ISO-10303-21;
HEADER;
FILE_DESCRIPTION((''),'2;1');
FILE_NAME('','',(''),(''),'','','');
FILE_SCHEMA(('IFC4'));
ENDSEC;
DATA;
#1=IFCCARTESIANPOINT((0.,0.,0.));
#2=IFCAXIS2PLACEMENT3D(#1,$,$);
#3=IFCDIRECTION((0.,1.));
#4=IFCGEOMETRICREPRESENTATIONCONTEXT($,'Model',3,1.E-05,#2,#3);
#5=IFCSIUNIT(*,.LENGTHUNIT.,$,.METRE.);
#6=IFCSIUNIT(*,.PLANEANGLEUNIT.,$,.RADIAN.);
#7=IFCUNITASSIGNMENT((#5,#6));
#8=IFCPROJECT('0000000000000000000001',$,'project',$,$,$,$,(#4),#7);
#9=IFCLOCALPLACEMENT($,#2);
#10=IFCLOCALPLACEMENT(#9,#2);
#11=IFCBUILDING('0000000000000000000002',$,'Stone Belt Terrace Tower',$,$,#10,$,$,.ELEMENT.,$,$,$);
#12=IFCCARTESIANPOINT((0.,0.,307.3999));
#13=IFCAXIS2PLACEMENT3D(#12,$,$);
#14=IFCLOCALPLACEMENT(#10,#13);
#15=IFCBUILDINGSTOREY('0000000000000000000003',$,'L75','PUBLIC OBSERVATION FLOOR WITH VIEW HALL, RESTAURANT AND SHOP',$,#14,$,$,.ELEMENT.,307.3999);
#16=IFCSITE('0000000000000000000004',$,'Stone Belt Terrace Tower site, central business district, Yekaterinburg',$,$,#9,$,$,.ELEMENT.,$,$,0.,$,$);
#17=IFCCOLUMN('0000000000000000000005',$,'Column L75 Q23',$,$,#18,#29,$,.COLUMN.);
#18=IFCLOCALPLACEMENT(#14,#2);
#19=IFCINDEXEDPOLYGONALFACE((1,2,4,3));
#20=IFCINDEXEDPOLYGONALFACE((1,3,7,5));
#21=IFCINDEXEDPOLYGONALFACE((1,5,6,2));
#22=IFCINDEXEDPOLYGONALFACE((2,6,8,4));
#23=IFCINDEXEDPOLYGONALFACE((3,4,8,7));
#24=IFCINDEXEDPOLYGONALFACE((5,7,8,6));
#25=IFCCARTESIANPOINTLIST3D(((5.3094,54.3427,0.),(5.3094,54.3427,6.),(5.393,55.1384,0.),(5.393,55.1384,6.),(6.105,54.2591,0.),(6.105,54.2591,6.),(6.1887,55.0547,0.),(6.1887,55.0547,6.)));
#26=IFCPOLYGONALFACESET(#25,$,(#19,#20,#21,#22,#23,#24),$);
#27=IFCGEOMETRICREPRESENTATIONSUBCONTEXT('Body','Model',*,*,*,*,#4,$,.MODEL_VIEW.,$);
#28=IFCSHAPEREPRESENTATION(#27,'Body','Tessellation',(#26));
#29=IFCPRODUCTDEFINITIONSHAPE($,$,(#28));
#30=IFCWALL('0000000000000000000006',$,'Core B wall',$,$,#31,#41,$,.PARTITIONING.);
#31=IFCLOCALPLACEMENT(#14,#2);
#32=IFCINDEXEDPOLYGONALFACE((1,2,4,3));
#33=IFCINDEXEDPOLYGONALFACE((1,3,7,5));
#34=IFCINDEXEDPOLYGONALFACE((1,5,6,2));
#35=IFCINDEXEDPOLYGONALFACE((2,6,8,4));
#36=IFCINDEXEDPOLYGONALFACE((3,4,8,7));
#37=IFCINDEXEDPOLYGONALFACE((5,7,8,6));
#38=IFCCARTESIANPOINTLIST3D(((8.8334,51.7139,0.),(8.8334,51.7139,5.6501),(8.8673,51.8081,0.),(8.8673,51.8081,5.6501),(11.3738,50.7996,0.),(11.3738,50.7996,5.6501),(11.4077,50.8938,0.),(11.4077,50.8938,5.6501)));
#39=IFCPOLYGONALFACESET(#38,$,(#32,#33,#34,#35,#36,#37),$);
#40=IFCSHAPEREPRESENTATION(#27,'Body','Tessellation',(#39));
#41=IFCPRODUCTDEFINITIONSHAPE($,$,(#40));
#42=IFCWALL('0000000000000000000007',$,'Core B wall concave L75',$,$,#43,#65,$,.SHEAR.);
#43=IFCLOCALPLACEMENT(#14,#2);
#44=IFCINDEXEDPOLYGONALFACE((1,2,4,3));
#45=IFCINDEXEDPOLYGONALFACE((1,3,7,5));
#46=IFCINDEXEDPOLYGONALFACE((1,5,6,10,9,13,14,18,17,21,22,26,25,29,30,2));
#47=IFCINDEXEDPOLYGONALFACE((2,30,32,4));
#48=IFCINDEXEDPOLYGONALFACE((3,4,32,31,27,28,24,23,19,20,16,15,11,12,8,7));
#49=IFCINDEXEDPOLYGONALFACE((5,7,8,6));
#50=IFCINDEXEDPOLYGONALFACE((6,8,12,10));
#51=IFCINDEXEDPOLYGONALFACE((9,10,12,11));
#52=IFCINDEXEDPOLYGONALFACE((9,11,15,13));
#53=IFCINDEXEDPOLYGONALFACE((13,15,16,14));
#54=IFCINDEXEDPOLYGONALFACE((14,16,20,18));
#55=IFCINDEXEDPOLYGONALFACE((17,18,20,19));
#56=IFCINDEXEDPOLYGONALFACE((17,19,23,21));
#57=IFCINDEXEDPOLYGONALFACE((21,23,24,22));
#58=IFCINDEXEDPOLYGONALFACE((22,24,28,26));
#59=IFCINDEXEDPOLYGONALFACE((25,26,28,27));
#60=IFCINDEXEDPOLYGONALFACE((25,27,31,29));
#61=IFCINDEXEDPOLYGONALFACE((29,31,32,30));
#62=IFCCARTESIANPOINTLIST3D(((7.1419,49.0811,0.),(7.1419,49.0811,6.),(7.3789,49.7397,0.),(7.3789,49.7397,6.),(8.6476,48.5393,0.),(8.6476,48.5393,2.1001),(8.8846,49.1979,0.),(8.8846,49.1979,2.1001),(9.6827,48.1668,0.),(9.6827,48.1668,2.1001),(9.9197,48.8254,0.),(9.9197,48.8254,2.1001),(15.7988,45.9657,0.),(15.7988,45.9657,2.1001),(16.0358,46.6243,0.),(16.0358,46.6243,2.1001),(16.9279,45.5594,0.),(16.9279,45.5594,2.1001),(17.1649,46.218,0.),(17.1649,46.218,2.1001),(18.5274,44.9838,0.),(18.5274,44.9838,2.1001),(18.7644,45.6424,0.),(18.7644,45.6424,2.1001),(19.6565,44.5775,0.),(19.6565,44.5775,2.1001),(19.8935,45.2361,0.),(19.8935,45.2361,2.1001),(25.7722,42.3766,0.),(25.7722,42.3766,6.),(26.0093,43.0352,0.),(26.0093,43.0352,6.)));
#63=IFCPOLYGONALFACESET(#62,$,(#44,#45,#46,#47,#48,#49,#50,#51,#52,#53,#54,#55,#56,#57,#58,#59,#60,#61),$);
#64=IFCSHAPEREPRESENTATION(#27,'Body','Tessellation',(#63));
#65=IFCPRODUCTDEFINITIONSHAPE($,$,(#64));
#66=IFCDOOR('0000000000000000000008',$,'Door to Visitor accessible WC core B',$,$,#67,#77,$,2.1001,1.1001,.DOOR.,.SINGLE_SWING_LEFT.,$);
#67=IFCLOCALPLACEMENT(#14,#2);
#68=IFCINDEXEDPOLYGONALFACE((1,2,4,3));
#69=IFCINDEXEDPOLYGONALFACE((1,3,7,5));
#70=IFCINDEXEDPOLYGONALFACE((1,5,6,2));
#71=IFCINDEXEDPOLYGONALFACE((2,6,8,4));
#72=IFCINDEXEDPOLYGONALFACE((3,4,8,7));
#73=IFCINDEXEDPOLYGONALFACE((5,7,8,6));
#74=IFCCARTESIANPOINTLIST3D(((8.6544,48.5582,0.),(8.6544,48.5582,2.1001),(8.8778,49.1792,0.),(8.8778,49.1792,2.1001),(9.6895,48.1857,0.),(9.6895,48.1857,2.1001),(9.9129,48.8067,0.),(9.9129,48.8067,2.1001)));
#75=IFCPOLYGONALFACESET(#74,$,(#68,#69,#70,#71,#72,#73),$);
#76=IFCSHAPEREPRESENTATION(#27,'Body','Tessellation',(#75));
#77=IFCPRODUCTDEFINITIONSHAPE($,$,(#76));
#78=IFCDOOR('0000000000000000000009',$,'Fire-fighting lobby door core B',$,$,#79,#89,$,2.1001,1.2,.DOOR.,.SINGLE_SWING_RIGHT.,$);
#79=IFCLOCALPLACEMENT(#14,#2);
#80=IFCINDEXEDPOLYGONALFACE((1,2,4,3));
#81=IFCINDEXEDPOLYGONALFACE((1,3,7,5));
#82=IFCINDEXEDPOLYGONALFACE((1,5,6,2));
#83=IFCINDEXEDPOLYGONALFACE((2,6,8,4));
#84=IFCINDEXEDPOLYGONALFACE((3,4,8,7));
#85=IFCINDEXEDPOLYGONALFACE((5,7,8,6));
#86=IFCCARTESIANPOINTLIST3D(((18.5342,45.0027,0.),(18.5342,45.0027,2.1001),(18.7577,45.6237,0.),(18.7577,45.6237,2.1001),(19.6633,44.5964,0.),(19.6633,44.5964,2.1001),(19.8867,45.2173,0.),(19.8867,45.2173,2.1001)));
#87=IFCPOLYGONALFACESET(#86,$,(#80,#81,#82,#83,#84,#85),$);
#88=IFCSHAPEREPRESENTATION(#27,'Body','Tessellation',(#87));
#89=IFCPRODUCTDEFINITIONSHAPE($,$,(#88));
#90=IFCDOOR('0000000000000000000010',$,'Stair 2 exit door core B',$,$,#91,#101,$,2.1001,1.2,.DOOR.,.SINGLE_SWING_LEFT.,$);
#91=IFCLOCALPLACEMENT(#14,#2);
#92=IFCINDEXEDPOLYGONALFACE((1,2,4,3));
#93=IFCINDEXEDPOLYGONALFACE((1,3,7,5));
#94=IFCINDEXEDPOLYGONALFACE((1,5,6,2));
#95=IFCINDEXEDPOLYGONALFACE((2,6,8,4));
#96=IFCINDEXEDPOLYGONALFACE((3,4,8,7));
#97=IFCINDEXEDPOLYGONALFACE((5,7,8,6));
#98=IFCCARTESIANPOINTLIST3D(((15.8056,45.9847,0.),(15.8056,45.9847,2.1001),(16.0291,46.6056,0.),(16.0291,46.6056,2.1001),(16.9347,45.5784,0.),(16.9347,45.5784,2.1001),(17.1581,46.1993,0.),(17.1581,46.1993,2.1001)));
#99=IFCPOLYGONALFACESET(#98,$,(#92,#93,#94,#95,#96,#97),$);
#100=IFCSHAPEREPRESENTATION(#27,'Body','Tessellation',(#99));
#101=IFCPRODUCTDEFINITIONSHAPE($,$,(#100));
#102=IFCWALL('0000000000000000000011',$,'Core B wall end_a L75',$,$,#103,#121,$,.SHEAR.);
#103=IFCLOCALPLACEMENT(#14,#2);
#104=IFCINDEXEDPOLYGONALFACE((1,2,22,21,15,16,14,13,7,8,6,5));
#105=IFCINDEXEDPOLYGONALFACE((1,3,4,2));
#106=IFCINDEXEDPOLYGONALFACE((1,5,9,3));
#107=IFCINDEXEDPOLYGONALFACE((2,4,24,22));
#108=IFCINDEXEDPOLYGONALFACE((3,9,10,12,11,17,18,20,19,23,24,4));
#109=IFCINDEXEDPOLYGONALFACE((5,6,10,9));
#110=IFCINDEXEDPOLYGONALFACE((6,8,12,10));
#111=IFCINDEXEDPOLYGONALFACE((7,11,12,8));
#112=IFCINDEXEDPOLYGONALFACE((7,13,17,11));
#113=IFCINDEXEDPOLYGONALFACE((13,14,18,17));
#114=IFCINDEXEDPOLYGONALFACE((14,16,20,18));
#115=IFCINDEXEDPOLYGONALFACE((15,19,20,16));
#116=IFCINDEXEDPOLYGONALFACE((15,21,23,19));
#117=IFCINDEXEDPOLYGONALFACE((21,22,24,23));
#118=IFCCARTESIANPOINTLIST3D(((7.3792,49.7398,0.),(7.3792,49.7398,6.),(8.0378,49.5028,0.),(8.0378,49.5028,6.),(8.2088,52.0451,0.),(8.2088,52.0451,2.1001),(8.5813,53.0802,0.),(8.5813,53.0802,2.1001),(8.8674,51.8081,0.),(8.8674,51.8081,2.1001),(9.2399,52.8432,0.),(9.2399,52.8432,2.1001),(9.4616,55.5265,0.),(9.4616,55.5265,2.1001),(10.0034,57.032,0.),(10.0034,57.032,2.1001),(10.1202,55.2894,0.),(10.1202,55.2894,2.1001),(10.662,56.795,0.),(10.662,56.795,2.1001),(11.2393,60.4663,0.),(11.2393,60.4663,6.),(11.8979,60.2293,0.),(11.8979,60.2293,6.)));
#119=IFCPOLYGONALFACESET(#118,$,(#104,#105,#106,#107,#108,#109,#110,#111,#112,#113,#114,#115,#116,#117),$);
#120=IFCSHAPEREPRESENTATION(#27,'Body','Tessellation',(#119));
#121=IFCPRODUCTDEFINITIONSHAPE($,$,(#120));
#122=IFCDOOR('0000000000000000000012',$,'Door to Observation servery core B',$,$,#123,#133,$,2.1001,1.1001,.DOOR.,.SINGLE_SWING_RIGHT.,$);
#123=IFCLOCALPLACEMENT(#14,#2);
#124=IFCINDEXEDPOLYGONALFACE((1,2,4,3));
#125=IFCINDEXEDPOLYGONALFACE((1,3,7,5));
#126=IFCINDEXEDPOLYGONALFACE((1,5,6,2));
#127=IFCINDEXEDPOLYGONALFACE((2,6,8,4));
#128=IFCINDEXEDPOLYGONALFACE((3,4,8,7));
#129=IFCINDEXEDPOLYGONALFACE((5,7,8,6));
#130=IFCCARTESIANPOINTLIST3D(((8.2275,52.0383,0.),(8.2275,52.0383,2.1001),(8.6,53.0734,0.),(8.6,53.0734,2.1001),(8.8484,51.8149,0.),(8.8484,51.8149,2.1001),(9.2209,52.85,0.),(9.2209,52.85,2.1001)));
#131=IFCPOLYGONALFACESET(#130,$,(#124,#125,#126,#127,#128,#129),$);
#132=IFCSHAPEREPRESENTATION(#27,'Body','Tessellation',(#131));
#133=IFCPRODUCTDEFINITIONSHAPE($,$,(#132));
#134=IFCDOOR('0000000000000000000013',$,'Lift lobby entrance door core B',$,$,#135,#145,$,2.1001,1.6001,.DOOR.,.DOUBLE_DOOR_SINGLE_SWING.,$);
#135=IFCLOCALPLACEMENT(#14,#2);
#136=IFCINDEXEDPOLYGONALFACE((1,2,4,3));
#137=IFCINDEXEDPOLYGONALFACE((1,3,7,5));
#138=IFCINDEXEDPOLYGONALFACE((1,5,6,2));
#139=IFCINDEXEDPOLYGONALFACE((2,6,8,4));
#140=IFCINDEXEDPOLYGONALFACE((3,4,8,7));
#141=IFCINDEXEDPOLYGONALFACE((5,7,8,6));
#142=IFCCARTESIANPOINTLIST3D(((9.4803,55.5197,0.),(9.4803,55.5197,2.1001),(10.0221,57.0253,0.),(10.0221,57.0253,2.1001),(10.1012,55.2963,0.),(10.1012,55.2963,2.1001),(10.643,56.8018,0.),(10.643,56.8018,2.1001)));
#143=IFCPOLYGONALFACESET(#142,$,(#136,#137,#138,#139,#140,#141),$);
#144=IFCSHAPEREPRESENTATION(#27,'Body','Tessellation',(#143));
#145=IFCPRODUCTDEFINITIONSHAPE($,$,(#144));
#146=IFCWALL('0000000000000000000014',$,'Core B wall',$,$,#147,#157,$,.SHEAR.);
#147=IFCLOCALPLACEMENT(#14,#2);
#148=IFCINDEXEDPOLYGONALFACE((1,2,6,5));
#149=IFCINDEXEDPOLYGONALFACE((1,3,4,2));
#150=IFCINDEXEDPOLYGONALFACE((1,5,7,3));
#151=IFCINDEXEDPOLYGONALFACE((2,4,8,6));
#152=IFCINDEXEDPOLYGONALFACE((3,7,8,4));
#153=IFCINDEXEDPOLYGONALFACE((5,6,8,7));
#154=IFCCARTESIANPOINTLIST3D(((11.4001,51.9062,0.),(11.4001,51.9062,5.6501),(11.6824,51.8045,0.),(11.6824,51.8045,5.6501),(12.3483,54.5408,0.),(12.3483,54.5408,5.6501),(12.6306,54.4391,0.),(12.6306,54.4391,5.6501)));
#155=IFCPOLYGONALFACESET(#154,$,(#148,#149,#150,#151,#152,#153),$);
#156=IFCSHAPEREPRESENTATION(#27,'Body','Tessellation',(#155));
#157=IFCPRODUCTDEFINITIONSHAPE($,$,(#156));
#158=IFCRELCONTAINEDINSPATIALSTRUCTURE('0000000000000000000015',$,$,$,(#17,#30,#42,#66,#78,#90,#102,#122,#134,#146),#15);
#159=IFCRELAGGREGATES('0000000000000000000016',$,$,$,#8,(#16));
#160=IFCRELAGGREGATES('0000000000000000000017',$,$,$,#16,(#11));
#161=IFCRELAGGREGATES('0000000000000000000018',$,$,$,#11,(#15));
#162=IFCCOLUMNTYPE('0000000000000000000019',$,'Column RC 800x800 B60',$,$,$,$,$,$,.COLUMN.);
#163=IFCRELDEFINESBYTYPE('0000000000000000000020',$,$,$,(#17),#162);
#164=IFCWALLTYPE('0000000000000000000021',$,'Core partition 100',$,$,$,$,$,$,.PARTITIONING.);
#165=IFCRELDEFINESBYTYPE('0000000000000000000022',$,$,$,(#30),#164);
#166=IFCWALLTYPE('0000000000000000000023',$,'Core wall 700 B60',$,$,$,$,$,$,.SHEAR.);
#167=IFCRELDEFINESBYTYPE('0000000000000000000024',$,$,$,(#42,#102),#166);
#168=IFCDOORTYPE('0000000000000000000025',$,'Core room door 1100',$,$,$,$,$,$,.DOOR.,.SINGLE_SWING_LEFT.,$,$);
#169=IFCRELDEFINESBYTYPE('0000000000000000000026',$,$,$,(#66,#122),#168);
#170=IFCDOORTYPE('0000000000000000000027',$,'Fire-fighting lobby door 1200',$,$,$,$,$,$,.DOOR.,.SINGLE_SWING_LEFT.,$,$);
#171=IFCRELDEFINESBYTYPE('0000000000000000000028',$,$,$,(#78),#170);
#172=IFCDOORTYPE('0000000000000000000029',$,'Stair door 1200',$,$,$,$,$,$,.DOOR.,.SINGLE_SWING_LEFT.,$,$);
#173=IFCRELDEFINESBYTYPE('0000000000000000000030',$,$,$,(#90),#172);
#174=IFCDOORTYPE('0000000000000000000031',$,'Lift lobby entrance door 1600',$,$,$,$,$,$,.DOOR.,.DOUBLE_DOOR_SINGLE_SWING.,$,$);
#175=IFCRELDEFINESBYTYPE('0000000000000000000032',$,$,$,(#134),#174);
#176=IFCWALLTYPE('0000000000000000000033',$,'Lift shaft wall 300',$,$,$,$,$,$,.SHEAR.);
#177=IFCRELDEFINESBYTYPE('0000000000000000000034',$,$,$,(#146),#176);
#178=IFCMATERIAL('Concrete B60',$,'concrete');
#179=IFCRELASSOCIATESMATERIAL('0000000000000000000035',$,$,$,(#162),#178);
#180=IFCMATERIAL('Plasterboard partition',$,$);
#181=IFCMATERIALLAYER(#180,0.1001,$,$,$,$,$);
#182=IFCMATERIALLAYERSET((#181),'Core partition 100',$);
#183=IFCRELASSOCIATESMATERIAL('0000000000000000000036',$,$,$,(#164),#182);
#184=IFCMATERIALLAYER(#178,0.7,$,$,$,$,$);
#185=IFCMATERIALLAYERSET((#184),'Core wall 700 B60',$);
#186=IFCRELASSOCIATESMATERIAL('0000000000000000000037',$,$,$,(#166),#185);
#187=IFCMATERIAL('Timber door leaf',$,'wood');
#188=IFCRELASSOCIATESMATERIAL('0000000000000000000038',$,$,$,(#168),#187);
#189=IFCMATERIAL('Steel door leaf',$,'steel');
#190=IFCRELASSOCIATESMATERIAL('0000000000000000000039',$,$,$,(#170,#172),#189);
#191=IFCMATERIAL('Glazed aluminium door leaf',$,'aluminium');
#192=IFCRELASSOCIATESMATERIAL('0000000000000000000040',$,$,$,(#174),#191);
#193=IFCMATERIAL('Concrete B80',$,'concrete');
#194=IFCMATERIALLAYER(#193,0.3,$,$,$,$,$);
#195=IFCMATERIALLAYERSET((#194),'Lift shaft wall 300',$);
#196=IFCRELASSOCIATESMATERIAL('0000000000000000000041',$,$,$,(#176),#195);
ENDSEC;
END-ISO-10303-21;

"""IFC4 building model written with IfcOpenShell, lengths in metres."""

from ifc_helpers import new_model, si_unit, direction, frame, frame_2d, origin, origin_2d, place, context, subcontext, project, spatial, rectangle, extrude, material, layer, layer_set, material_profile, profile_set, type_object, element, fill, save


model = new_model("IFC4")

# Units and contexts
model_context = context("Model", 3, precision=1e-05, world=origin(), true_north=direction((0.0, 1.0)))
body_context = subcontext(model_context, "Body", "Model", "MODEL_VIEW")
ifc_project = project(units=[si_unit("LENGTHUNIT", "METRE"), si_unit("PLANEANGLEUNIT", "RADIAN")], contexts=[model_context])

# Site, building, storey
site_placement = place(None, origin())
site = spatial("IfcSite", under=ifc_project, at=site_placement, Name="Stone Belt Terrace Tower site, central business district, Yekaterinburg", CompositionType="ELEMENT", RefElevation=0.0)
building_placement = place(site_placement, origin())
building = spatial("IfcBuilding", under=site, at=building_placement, Name="Stone Belt Terrace Tower", CompositionType="ELEMENT")
storey_placement = place(building_placement, frame((0.0, 0.0, 307.3999)))
storey = spatial("IfcBuildingStorey", under=building, at=storey_placement, Name="L75", Description="PUBLIC OBSERVATION FLOOR WITH VIEW HALL, RESTAURANT AND SHOP", CompositionType="ELEMENT", Elevation=307.3999)

# Column
ifc_material_1 = material(Name="Concrete B60", Category="concrete")
ifc_material_profile = material_profile(ifc_material_1, rectangle(XDim=0.8, YDim=0.8, at=origin_2d()), Name="RC 800x800")
ifc_profile_set = profile_set([ifc_material_profile], Name="Concrete B60")
column_type = type_object("IfcColumnType", Name="Column RC 800x800 B60", PredefinedType="COLUMN", material=ifc_profile_set)
column_placement = place(storey_placement, frame((5.749, 54.6987, 0.0), z_axis=(0.0, 0.0, 1.0), x_axis=(0.994522, -0.104528, 0.0)))
element("IfcColumn", 1, at=column_placement, inside=storey, type_object=column_type, Name="Column L75 Q23", PredefinedType="COLUMN", context=body_context, shape_type="SweptSolid", body=[
    extrude(rectangle(XDim=0.8, YDim=0.8, at=origin_2d()), origin(), (0.0, 0.0, 1.0), 6.0),
])

# Wall
ifc_material_2 = material(Name="Plasterboard partition")
ifc_layer_1 = layer(ifc_material_2, 0.1001)
ifc_layer_set_1 = layer_set([ifc_layer_1], Name="Core partition 100")
wall_type_1 = type_object("IfcWallType", Name="Core partition 100", PredefinedType="PARTITIONING", material=ifc_layer_set_1)
wall_1_placement = place(storey_placement, frame((11.3909, 50.8467, 0.0), z_axis=(0.0, 0.0, 1.0), x_axis=(-0.940921, 0.338627, 0.0)))
element("IfcWall", 2, at=wall_1_placement, inside=storey, type_object=wall_type_1, Name="Core B wall", PredefinedType="PARTITIONING", context=body_context, shape_type="SweptSolid", body=[
    extrude(rectangle(XDim=2.7, YDim=0.1001, at=frame_2d((1.3501, 0.0))), origin(), (0.0, 0.0, 1.0), 5.6501),
])

# Walls, openings, doors
ifc_layer_2 = layer(ifc_material_1, 0.7)
ifc_layer_set_2 = layer_set([ifc_layer_2], Name="Core wall 700 B60")
wall_type_2 = type_object("IfcWallType", Name="Core wall 700 B60", PredefinedType="SHEAR", material=ifc_layer_set_2)
wall_2_placement = place(storey_placement, frame((7.2605, 49.4104, 0.0), z_axis=(0.0, 0.0, 1.0), x_axis=(0.940925, -0.338615, 0.0)))
wall_2 = element("IfcWall", 3, at=wall_2_placement, inside=storey, type_object=wall_type_2, Name="Core B wall concave L75", PredefinedType="SHEAR", context=body_context, shape_type="SweptSolid", body=[
    extrude(rectangle(XDim=19.8, YDim=0.7, at=frame_2d((9.8999, 0.0))), origin(), (0.0, 0.0, 1.0), 6.0),
])
opening_1_placement = place(wall_2_placement, frame((12.1001, 0.0, 0.0)))
opening_1 = element("IfcOpeningElement", 4, at=opening_1_placement, cuts=wall_2, PredefinedType="OPENING", context=body_context, shape_type="SweptSolid", body=[
    extrude(rectangle(XDim=1.2, YDim=2.1001, at=frame_2d((0.6001, 1.05))), frame((0.0, 0.3599, 0.0), z_axis=(0.0, -1.0, 0.0), x_axis=(1.0, 0.0, 0.0)), (0.0, 0.0, 1.0), 0.72),
])
opening_2_placement = place(wall_2_placement, frame((9.2002, 0.0, 0.0)))
opening_2 = element("IfcOpeningElement", 5, at=opening_2_placement, cuts=wall_2, PredefinedType="OPENING", context=body_context, shape_type="SweptSolid", body=[
    extrude(rectangle(XDim=1.2, YDim=2.1001, at=frame_2d((0.6001, 1.05))), frame((0.0, 0.3599, 0.0), z_axis=(0.0, -1.0, 0.0), x_axis=(1.0, 0.0, 0.0)), (0.0, 0.0, 1.0), 0.72),
])
opening_3_placement = place(wall_2_placement, frame((1.6001, 0.0, 0.0)))
opening_3 = element("IfcOpeningElement", 6, at=opening_3_placement, cuts=wall_2, PredefinedType="OPENING", context=body_context, shape_type="SweptSolid", body=[
    extrude(rectangle(XDim=1.1001, YDim=2.1001, at=frame_2d((0.55, 1.05))), frame((0.0, 0.3599, 0.0), z_axis=(0.0, -1.0, 0.0), x_axis=(1.0, 0.0, 0.0)), (0.0, 0.0, 1.0), 0.72),
])
ifc_material_3 = material(Name="Timber door leaf", Category="wood")
door_type_1 = type_object("IfcDoorType", Name="Core room door 1100", OperationType="SINGLE_SWING_LEFT", PredefinedType="DOOR", material=ifc_material_3)
door_1_placement = place(opening_3_placement, origin())
door_1 = element("IfcDoor", 7, at=door_1_placement, inside=storey, type_object=door_type_1, Name="Door to Visitor accessible WC core B", OperationType="SINGLE_SWING_LEFT", OverallHeight=2.1001, OverallWidth=1.1001, PredefinedType="DOOR", context=body_context, shape_type="SweptSolid", body=[
    extrude(rectangle(XDim=1.1001, YDim=2.1001, at=frame_2d((0.55, 1.05))), frame((0.0, 0.3301, 0.0), z_axis=(0.0, -1.0, 0.0), x_axis=(1.0, 0.0, 0.0)), (0.0, 0.0, 1.0), 0.6599),
])
fill(opening_3, door_1)
ifc_material_4 = material(Name="Steel door leaf", Category="steel")
door_type_2 = type_object("IfcDoorType", Name="Fire-fighting lobby door 1200", OperationType="SINGLE_SWING_LEFT", PredefinedType="DOOR", material=ifc_material_4)
door_2_placement = place(opening_1_placement, origin())
door_2 = element("IfcDoor", 8, at=door_2_placement, inside=storey, type_object=door_type_2, Name="Fire-fighting lobby door core B", OperationType="SINGLE_SWING_RIGHT", OverallHeight=2.1001, OverallWidth=1.2, PredefinedType="DOOR", context=body_context, shape_type="SweptSolid", body=[
    extrude(rectangle(XDim=1.2, YDim=2.1001, at=frame_2d((0.6001, 1.05))), frame((0.0, 0.3301, 0.0), z_axis=(0.0, -1.0, 0.0), x_axis=(1.0, 0.0, 0.0)), (0.0, 0.0, 1.0), 0.6599),
])
fill(opening_1, door_2)
door_type_3 = type_object("IfcDoorType", Name="Stair door 1200", OperationType="SINGLE_SWING_LEFT", PredefinedType="DOOR", material=ifc_material_4)
door_3_placement = place(opening_2_placement, origin())
door_3 = element("IfcDoor", 9, at=door_3_placement, inside=storey, type_object=door_type_3, Name="Stair 2 exit door core B", OperationType="SINGLE_SWING_LEFT", OverallHeight=2.1001, OverallWidth=1.2, PredefinedType="DOOR", context=body_context, shape_type="SweptSolid", body=[
    extrude(rectangle(XDim=1.2, YDim=2.1001, at=frame_2d((0.6001, 1.05))), frame((0.0, 0.3301, 0.0), z_axis=(0.0, -1.0, 0.0), x_axis=(1.0, 0.0, 0.0)), (0.0, 0.0, 1.0), 0.6599),
])
fill(opening_2, door_3)
wall_3_placement = place(storey_placement, frame((7.7085, 49.6213, 0.0), z_axis=(0.0, 0.0, 1.0), x_axis=(0.338606, 0.940928, 0.0)))
wall_3 = element("IfcWall", 10, at=wall_3_placement, inside=storey, type_object=wall_type_2, Name="Core B wall end_a L75", PredefinedType="SHEAR", context=body_context, shape_type="SweptSolid", body=[
    extrude(rectangle(XDim=11.3999, YDim=0.7, at=frame_2d((5.7, 0.0))), origin(), (0.0, 0.0, 1.0), 6.0),
])
opening_4_placement = place(wall_3_placement, frame((6.1499, 0.0, 0.0)))
opening_4 = element("IfcOpeningElement", 11, at=opening_4_placement, cuts=wall_3, PredefinedType="OPENING", context=body_context, shape_type="SweptSolid", body=[
    extrude(rectangle(XDim=1.6001, YDim=2.1001, at=frame_2d((0.8, 1.05))), frame((0.0, 0.3599, 0.0), z_axis=(0.0, -1.0, 0.0), x_axis=(1.0, 0.0, 0.0)), (0.0, 0.0, 1.0), 0.72),
])
opening_5_placement = place(wall_3_placement, frame((2.45, 0.0, 0.0)))
opening_5 = element("IfcOpeningElement", 12, at=opening_5_placement, cuts=wall_3, PredefinedType="OPENING", context=body_context, shape_type="SweptSolid", body=[
    extrude(rectangle(XDim=1.1001, YDim=2.1001, at=frame_2d((0.55, 1.05))), frame((0.0, 0.3599, 0.0), z_axis=(0.0, -1.0, 0.0), x_axis=(1.0, 0.0, 0.0)), (0.0, 0.0, 1.0), 0.72),
])
door_4_placement = place(opening_5_placement, origin())
door_4 = element("IfcDoor", 13, at=door_4_placement, inside=storey, type_object=door_type_1, Name="Door to Observation servery core B", OperationType="SINGLE_SWING_RIGHT", OverallHeight=2.1001, OverallWidth=1.1001, PredefinedType="DOOR", context=body_context, shape_type="SweptSolid", body=[
    extrude(rectangle(XDim=1.1001, YDim=2.1001, at=frame_2d((0.55, 1.05))), frame((0.0, 0.3301, 0.0), z_axis=(0.0, -1.0, 0.0), x_axis=(1.0, 0.0, 0.0)), (0.0, 0.0, 1.0), 0.6599),
])
fill(opening_5, door_4)
ifc_material_5 = material(Name="Glazed aluminium door leaf", Category="aluminium")
door_type_4 = type_object("IfcDoorType", Name="Lift lobby entrance door 1600", OperationType="DOUBLE_DOOR_SINGLE_SWING", PredefinedType="DOOR", material=ifc_material_5)
door_5_placement = place(opening_4_placement, origin())
door_5 = element("IfcDoor", 14, at=door_5_placement, inside=storey, type_object=door_type_4, Name="Lift lobby entrance door core B", OperationType="DOUBLE_DOOR_SINGLE_SWING", OverallHeight=2.1001, OverallWidth=1.6001, PredefinedType="DOOR", context=body_context, shape_type="SweptSolid", body=[
    extrude(rectangle(XDim=1.6001, YDim=2.1001, at=frame_2d((0.8, 1.05))), frame((0.0, 0.3301, 0.0), z_axis=(0.0, -1.0, 0.0), x_axis=(1.0, 0.0, 0.0)), (0.0, 0.0, 1.0), 0.6599),
])
fill(opening_4, door_5)

# Wall
ifc_material_6 = material(Name="Concrete B80", Category="concrete")
ifc_layer_3 = layer(ifc_material_6, 0.3)
ifc_layer_set_3 = layer_set([ifc_layer_3], Name="Lift shaft wall 300")
wall_type_3 = type_object("IfcWallType", Name="Lift shaft wall 300", PredefinedType="SHEAR", material=ifc_layer_set_3)
wall_4_placement = place(storey_placement, frame((11.5413, 51.8555, 0.0), z_axis=(0.0, 0.0, 1.0), x_axis=(0.338661, 0.940909, 0.0)))
element("IfcWall", 15, at=wall_4_placement, inside=storey, type_object=wall_type_3, Name="Core B wall", PredefinedType="SHEAR", context=body_context, shape_type="SweptSolid", body=[
    extrude(rectangle(XDim=2.8, YDim=0.3, at=frame_2d((1.3999, 0.0))), origin(), (0.0, 0.0, 1.0), 5.6501),
])

save(model, "model.ifc")
